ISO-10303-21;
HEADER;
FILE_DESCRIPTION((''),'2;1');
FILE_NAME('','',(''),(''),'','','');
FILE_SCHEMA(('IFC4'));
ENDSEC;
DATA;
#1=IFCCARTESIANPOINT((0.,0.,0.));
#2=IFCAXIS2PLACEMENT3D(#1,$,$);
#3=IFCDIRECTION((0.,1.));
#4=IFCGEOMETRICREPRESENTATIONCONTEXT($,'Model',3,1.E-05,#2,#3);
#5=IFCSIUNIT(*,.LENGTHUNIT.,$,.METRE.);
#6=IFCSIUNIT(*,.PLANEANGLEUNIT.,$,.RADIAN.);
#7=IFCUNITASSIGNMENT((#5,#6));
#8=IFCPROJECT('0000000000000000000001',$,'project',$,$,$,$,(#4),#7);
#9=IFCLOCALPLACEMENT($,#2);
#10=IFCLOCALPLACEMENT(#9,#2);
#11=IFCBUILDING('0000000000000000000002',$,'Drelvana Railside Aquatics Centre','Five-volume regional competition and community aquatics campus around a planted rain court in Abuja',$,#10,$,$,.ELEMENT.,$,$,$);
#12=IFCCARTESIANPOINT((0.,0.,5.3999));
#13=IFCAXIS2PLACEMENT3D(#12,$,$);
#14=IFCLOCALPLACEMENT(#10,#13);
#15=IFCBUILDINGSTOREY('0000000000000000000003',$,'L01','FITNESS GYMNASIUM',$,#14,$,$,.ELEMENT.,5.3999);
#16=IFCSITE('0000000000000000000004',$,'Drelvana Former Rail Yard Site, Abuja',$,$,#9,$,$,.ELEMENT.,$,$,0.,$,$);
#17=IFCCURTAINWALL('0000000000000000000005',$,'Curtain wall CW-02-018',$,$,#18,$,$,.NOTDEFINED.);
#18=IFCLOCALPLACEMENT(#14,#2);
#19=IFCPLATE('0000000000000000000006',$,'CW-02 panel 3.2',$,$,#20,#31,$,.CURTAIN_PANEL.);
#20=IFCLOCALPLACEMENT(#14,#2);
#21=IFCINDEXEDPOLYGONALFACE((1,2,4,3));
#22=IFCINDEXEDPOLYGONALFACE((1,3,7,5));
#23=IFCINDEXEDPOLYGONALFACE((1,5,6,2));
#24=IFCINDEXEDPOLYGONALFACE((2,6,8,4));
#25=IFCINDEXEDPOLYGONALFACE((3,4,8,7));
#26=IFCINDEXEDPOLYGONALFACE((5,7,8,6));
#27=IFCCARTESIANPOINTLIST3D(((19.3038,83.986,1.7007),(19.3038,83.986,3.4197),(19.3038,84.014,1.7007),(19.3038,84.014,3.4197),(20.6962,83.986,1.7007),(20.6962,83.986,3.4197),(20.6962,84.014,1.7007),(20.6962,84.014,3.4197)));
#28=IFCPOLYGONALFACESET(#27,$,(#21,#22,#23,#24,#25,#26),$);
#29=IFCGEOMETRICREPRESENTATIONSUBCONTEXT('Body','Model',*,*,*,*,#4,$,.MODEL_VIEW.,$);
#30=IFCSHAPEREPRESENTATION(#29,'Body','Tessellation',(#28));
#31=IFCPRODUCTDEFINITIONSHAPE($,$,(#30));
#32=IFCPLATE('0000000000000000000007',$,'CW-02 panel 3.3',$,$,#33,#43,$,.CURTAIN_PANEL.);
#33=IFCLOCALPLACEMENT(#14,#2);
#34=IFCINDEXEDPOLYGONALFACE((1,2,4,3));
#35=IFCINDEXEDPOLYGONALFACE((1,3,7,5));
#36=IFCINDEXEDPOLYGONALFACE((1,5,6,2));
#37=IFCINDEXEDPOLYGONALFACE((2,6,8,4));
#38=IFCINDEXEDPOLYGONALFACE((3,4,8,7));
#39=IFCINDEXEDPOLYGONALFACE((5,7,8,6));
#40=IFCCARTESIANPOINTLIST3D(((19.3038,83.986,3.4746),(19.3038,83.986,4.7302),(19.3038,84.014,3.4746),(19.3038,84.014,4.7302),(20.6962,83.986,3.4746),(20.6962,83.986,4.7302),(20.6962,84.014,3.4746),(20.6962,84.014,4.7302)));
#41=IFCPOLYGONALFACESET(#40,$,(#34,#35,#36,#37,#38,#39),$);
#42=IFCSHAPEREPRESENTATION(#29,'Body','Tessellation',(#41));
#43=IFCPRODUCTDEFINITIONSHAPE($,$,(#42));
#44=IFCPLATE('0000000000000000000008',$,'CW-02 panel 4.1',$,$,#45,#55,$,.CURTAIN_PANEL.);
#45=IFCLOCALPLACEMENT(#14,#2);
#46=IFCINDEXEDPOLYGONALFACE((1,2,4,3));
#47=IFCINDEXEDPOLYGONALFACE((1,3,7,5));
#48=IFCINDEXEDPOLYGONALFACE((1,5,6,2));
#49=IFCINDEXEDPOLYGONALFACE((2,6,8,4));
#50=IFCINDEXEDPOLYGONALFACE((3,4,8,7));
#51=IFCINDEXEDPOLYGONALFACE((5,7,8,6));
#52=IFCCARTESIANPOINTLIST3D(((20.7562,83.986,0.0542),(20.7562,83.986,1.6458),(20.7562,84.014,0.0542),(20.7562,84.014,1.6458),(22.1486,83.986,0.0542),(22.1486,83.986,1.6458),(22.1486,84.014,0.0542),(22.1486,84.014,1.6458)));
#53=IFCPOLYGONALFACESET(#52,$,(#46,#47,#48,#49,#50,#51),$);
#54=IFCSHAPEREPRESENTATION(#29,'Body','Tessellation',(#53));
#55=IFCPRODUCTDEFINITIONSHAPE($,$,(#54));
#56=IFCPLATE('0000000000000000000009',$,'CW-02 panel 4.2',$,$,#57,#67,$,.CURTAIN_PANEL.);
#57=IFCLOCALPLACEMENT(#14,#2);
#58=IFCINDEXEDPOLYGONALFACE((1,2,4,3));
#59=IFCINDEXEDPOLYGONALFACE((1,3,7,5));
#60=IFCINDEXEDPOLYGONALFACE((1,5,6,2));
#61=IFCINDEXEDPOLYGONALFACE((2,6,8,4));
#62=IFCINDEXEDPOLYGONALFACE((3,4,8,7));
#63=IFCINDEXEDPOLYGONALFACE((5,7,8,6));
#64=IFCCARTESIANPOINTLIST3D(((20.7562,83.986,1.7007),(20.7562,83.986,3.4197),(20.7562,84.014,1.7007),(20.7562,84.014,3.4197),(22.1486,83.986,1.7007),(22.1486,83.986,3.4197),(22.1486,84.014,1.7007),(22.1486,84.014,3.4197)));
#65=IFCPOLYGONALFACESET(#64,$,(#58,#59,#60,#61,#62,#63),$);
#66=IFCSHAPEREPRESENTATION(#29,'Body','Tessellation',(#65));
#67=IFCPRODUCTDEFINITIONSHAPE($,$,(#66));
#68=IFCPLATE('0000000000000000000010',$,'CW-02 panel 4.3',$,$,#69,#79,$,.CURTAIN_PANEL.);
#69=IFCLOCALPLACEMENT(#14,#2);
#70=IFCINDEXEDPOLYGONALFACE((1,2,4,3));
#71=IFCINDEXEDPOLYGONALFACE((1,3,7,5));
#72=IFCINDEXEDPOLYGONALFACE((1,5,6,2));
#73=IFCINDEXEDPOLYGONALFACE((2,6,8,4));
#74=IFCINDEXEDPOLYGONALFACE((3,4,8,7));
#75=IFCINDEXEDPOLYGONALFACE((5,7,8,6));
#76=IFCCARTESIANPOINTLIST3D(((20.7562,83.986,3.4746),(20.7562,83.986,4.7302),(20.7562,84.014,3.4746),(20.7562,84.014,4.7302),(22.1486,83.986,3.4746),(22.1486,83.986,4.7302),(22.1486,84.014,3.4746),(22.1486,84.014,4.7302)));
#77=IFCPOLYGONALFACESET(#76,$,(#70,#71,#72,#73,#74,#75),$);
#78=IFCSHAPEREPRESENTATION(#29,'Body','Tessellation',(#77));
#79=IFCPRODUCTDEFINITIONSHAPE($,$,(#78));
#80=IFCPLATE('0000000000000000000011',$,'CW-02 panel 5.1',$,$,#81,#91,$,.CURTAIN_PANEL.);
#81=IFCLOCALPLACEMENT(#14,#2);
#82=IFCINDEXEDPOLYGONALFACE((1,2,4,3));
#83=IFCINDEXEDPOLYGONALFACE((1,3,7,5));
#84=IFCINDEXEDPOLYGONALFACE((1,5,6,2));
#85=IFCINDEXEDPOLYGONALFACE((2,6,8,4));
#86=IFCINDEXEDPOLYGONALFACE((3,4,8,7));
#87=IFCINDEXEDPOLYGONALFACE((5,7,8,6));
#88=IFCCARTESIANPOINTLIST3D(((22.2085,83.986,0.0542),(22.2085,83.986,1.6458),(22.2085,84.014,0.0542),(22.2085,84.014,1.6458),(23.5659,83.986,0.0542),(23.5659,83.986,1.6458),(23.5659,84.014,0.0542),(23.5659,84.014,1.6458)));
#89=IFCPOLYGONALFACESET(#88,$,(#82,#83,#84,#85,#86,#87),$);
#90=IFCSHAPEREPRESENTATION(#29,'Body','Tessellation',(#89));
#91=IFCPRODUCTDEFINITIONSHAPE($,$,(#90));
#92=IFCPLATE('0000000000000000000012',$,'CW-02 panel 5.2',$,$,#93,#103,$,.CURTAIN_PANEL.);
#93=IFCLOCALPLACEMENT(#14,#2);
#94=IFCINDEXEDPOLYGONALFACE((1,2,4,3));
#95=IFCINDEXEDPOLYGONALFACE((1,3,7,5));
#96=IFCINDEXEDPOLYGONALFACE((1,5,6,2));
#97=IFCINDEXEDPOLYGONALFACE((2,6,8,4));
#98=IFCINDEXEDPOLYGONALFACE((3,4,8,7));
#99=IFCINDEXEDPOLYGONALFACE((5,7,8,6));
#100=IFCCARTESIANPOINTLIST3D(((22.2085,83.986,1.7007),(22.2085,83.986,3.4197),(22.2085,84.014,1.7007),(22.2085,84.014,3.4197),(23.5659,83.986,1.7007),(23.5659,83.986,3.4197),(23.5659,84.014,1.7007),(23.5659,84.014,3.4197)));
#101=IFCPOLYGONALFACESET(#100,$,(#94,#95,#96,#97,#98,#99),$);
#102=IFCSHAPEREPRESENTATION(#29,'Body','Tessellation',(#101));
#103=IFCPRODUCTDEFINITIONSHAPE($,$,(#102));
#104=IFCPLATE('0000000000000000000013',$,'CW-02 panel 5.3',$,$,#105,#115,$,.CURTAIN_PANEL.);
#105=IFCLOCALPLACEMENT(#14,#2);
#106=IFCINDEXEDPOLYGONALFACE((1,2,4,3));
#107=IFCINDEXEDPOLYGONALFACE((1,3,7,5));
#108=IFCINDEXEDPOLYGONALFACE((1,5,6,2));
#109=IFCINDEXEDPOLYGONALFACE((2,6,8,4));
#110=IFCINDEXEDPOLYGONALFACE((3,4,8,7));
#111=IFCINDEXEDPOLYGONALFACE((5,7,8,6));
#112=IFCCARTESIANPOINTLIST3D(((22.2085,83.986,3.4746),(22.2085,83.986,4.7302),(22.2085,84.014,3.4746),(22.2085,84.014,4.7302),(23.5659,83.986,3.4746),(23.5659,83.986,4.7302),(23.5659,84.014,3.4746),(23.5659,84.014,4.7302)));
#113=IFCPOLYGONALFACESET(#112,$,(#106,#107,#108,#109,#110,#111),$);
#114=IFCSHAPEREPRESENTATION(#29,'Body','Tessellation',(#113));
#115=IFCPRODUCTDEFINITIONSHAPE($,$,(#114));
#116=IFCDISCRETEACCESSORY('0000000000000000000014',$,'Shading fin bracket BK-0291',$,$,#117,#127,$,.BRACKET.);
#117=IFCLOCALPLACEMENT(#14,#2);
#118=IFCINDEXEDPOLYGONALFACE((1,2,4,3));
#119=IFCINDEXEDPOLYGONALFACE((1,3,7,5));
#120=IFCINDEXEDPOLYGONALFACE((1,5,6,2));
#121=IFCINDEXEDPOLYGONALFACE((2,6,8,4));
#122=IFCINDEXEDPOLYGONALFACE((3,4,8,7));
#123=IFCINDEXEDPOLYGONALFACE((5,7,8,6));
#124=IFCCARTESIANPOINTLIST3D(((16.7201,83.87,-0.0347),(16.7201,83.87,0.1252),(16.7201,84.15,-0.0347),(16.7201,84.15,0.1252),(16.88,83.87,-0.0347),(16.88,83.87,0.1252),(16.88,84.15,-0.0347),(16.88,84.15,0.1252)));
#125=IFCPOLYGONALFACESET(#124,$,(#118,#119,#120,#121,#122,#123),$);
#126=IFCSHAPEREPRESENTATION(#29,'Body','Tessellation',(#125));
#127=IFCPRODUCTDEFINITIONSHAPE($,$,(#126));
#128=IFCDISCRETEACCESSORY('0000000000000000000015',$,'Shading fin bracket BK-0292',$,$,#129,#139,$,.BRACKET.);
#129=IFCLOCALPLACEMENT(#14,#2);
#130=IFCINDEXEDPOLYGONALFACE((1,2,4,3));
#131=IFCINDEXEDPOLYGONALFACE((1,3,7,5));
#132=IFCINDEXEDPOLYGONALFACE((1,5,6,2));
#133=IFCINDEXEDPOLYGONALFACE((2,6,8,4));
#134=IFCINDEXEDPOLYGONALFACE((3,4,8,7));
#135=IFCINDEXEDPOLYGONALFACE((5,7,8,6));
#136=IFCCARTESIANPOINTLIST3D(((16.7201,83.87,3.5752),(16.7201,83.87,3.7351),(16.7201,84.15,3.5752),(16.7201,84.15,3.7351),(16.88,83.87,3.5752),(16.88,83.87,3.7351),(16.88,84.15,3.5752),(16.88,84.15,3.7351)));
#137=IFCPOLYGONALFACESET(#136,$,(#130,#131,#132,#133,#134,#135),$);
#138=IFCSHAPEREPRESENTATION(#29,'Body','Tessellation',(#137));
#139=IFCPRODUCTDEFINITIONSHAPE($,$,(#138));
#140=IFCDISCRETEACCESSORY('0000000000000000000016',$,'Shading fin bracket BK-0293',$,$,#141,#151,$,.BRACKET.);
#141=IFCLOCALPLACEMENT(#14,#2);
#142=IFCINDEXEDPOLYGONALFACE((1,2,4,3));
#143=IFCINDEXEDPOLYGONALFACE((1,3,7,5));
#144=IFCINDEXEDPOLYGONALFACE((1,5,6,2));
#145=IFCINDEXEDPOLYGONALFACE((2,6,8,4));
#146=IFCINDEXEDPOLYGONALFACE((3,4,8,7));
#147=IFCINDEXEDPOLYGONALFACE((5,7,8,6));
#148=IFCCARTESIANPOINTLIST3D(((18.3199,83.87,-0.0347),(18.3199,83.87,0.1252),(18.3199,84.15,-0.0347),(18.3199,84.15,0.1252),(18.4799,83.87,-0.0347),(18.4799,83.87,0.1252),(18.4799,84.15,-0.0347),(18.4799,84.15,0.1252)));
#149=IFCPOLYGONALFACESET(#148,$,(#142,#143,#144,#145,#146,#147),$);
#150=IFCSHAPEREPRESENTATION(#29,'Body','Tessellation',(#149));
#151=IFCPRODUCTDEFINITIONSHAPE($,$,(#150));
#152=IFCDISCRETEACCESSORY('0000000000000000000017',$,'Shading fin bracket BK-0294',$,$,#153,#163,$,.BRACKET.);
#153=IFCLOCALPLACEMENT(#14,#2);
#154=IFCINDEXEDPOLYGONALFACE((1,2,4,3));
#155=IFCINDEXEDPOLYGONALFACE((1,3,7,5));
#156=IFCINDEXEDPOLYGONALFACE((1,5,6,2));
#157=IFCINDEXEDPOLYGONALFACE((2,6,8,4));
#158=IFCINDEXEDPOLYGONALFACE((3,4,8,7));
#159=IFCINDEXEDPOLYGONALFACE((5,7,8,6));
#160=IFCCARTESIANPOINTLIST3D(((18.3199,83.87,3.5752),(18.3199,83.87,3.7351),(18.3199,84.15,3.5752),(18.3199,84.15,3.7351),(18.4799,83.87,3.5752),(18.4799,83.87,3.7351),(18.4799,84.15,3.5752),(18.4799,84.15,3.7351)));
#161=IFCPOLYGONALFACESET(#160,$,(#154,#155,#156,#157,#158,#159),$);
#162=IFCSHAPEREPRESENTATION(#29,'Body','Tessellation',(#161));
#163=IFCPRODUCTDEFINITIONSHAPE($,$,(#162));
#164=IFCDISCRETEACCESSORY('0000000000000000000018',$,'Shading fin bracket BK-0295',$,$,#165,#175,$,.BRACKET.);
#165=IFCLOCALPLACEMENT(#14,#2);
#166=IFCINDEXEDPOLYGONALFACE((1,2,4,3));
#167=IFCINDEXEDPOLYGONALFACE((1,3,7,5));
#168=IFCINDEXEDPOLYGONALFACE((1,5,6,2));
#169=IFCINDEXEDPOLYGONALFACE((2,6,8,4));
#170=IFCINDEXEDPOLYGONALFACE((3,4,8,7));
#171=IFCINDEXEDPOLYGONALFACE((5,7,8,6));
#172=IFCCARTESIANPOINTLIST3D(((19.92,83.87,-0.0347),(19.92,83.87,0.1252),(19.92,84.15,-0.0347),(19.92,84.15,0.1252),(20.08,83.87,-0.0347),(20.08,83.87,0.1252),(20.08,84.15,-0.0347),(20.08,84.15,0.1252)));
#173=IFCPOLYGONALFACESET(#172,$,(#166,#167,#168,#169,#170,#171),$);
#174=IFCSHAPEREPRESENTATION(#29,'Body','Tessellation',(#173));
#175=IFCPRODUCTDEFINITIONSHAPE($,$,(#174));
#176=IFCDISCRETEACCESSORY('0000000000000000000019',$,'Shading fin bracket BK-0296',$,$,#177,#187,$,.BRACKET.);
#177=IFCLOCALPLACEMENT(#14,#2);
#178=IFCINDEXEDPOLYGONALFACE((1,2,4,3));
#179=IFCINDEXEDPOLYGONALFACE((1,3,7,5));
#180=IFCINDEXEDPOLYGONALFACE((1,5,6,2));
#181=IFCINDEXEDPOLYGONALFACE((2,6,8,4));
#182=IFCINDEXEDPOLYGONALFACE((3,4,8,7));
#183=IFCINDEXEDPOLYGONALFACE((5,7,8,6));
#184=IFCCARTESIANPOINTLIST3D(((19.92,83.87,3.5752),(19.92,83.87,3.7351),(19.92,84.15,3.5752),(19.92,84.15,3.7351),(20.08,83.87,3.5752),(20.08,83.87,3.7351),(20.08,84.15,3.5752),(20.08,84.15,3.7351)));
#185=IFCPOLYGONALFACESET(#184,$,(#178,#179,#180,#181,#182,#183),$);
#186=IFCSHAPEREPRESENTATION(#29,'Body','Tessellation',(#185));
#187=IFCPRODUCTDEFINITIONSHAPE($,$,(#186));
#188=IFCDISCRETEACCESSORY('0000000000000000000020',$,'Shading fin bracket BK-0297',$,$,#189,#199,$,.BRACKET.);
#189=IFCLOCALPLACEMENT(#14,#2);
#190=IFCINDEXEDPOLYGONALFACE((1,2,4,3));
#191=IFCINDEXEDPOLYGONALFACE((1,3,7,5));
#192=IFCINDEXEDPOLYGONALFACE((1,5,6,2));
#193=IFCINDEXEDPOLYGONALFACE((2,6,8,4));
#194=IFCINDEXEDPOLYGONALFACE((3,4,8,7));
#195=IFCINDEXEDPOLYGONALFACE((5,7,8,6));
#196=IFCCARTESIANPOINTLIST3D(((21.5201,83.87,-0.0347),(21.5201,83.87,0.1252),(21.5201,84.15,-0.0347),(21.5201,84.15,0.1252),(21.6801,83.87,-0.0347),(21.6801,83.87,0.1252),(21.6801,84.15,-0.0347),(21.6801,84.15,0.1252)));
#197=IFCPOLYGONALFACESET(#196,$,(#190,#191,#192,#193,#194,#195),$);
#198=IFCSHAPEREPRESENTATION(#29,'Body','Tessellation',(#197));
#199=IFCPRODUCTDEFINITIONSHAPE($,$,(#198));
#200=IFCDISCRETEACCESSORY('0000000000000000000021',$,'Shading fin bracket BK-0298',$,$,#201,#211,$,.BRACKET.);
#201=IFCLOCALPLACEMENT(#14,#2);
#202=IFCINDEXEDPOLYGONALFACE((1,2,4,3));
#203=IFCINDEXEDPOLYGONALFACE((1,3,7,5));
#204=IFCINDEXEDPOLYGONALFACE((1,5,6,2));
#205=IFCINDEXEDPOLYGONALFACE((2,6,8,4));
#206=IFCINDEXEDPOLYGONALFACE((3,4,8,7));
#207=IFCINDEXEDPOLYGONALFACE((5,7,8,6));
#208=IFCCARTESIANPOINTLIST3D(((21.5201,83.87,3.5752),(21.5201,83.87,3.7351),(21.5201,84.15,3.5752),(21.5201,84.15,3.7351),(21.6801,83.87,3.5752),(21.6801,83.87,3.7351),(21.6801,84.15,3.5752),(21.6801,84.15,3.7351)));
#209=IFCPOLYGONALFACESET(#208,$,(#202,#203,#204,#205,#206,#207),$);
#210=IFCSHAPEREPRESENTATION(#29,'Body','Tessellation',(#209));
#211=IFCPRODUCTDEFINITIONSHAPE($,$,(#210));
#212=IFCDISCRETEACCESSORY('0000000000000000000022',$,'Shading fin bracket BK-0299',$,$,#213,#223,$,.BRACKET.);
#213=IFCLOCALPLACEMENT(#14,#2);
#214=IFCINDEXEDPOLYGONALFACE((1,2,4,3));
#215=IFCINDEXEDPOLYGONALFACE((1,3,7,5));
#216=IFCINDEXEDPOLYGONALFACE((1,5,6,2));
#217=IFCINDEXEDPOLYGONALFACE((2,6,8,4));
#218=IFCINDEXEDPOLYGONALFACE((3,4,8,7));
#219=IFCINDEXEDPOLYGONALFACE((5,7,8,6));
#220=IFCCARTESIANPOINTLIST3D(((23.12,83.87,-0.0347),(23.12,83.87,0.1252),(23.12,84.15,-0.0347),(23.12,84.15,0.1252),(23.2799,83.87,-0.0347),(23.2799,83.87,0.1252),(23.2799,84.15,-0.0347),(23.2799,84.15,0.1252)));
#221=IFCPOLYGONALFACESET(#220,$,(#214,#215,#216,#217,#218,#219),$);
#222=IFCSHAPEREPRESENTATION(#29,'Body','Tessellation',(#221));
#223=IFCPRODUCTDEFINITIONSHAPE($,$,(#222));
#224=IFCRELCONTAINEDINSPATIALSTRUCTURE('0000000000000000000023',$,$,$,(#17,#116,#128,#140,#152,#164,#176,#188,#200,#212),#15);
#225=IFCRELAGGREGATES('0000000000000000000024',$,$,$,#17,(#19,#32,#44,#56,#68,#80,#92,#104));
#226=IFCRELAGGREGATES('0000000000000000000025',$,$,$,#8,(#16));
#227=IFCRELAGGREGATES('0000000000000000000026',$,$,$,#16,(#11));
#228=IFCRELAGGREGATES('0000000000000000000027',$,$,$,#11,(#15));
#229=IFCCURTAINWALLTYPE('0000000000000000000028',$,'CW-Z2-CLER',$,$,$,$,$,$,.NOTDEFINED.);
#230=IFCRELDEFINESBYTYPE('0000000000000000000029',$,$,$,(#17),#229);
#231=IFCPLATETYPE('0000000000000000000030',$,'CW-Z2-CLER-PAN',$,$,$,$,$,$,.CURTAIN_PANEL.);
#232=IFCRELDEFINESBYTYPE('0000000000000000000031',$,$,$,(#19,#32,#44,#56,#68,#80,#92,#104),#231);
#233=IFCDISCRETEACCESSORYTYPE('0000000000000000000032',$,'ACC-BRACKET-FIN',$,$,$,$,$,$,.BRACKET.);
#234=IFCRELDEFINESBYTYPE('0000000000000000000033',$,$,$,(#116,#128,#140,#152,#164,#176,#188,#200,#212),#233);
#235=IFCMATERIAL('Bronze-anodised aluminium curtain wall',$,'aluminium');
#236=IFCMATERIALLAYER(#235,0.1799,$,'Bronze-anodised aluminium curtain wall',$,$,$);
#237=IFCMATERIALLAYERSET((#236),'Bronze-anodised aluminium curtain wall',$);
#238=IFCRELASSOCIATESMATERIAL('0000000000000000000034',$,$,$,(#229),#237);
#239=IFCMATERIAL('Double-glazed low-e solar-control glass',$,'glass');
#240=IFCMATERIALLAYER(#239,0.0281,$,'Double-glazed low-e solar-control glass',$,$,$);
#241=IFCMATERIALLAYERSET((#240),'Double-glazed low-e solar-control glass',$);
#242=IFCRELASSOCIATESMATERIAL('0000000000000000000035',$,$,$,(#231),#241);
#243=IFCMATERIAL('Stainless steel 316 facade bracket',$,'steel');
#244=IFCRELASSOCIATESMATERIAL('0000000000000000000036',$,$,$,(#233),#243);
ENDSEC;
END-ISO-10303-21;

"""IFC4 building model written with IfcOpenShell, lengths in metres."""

from ifc_helpers import new_model, si_unit, direction, frame, origin, origin_2d, place, context, subcontext, project, spatial, rectangle, extrude, material, layer, layer_set, type_object, element, aggregate, save


model = new_model("IFC4")

# Units and contexts
model_context = context("Model", 3, precision=1e-05, world=origin(), true_north=direction((0.0, 1.0)))
body_context = subcontext(model_context, "Body", "Model", "MODEL_VIEW")
ifc_project = project(units=[si_unit("LENGTHUNIT", "METRE"), si_unit("PLANEANGLEUNIT", "RADIAN")], contexts=[model_context])

# Site, building, storey
site_placement = place(None, origin())
site = spatial("IfcSite", under=ifc_project, at=site_placement, Name="Drelvana Former Rail Yard Site, Abuja", CompositionType="ELEMENT", RefElevation=0.0)
building_placement = place(site_placement, origin())
building = spatial("IfcBuilding", under=site, at=building_placement, Name="Drelvana Railside Aquatics Centre", Description="Five-volume regional competition and community aquatics campus around a planted rain court in Abuja", CompositionType="ELEMENT")
storey_placement = place(building_placement, frame((0.0, 0.0, 5.3999)))
storey = spatial("IfcBuildingStorey", under=building, at=storey_placement, Name="L01", Description="FITNESS GYMNASIUM", CompositionType="ELEMENT", Elevation=5.3999)

# Curtain wall, plates
ifc_material_1 = material(Name="Bronze-anodised aluminium curtain wall", Category="aluminium")
ifc_layer_1 = layer(ifc_material_1, 0.1799, Name="Bronze-anodised aluminium curtain wall")
ifc_layer_set_1 = layer_set([ifc_layer_1], Name="Bronze-anodised aluminium curtain wall")
curtain_wall_type = type_object("IfcCurtainWallType", Name="CW-Z2-CLER", PredefinedType="NOTDEFINED", material=ifc_layer_set_1)
curtain_wall_placement = place(storey_placement, origin())
curtain_wall = element("IfcCurtainWall", 1, at=curtain_wall_placement, inside=storey, type_object=curtain_wall_type, Name="Curtain wall CW-02-018", PredefinedType="NOTDEFINED")
ifc_material_2 = material(Name="Double-glazed low-e solar-control glass", Category="glass")
ifc_layer_2 = layer(ifc_material_2, 0.0281, Name="Double-glazed low-e solar-control glass")
ifc_layer_set_2 = layer_set([ifc_layer_2], Name="Double-glazed low-e solar-control glass")
plate_type = type_object("IfcPlateType", Name="CW-Z2-CLER-PAN", PredefinedType="CURTAIN_PANEL", material=ifc_layer_set_2)
plate_1_placement = place(storey_placement, frame((20.0, 84.0, 1.7007), z_axis=(0.0, 0.0, 1.0), x_axis=(1.0, 0.0, 0.0)))
plate_1 = element("IfcPlate", 2, at=plate_1_placement, type_object=plate_type, Name="CW-02 panel 3.2", PredefinedType="CURTAIN_PANEL", context=body_context, shape_type="SweptSolid", body=[
    extrude(rectangle(XDim=1.3923, YDim=0.0281, at=origin_2d()), origin(), (0.0, 0.0, 1.0), 1.719),
])
plate_2_placement = place(storey_placement, frame((20.0, 84.0, 3.4746), z_axis=(0.0, 0.0, 1.0), x_axis=(1.0, 0.0, 0.0)))
plate_2 = element("IfcPlate", 3, at=plate_2_placement, type_object=plate_type, Name="CW-02 panel 3.3", PredefinedType="CURTAIN_PANEL", context=body_context, shape_type="SweptSolid", body=[
    extrude(rectangle(XDim=1.3923, YDim=0.0281, at=origin_2d()), origin(), (0.0, 0.0, 1.0), 1.2556),
])
plate_3_placement = place(storey_placement, frame((21.4524, 84.0, 0.0542), z_axis=(0.0, 0.0, 1.0), x_axis=(1.0, 0.0, 0.0)))
plate_3 = element("IfcPlate", 4, at=plate_3_placement, type_object=plate_type, Name="CW-02 panel 4.1", PredefinedType="CURTAIN_PANEL", context=body_context, shape_type="SweptSolid", body=[
    extrude(rectangle(XDim=1.3923, YDim=0.0281, at=origin_2d()), origin(), (0.0, 0.0, 1.0), 1.5916),
])
plate_4_placement = place(storey_placement, frame((21.4524, 84.0, 1.7007), z_axis=(0.0, 0.0, 1.0), x_axis=(1.0, 0.0, 0.0)))
plate_4 = element("IfcPlate", 5, at=plate_4_placement, type_object=plate_type, Name="CW-02 panel 4.2", PredefinedType="CURTAIN_PANEL", context=body_context, shape_type="SweptSolid", body=[
    extrude(rectangle(XDim=1.3923, YDim=0.0281, at=origin_2d()), origin(), (0.0, 0.0, 1.0), 1.719),
])
plate_5_placement = place(storey_placement, frame((21.4524, 84.0, 3.4746), z_axis=(0.0, 0.0, 1.0), x_axis=(1.0, 0.0, 0.0)))
plate_5 = element("IfcPlate", 6, at=plate_5_placement, type_object=plate_type, Name="CW-02 panel 4.3", PredefinedType="CURTAIN_PANEL", context=body_context, shape_type="SweptSolid", body=[
    extrude(rectangle(XDim=1.3923, YDim=0.0281, at=origin_2d()), origin(), (0.0, 0.0, 1.0), 1.2556),
])
plate_6_placement = place(storey_placement, frame((22.8872, 84.0, 0.0542), z_axis=(0.0, 0.0, 1.0), x_axis=(1.0, 0.0, 0.0)))
plate_6 = element("IfcPlate", 7, at=plate_6_placement, type_object=plate_type, Name="CW-02 panel 5.1", PredefinedType="CURTAIN_PANEL", context=body_context, shape_type="SweptSolid", body=[
    extrude(rectangle(XDim=1.3574, YDim=0.0281, at=origin_2d()), origin(), (0.0, 0.0, 1.0), 1.5916),
])
plate_7_placement = place(storey_placement, frame((22.8872, 84.0, 1.7007), z_axis=(0.0, 0.0, 1.0), x_axis=(1.0, 0.0, 0.0)))
plate_7 = element("IfcPlate", 8, at=plate_7_placement, type_object=plate_type, Name="CW-02 panel 5.2", PredefinedType="CURTAIN_PANEL", context=body_context, shape_type="SweptSolid", body=[
    extrude(rectangle(XDim=1.3574, YDim=0.0281, at=origin_2d()), origin(), (0.0, 0.0, 1.0), 1.719),
])
plate_8_placement = place(storey_placement, frame((22.8872, 84.0, 3.4746), z_axis=(0.0, 0.0, 1.0), x_axis=(1.0, 0.0, 0.0)))
plate_8 = element("IfcPlate", 9, at=plate_8_placement, type_object=plate_type, Name="CW-02 panel 5.3", PredefinedType="CURTAIN_PANEL", context=body_context, shape_type="SweptSolid", body=[
    extrude(rectangle(XDim=1.3574, YDim=0.0281, at=origin_2d()), origin(), (0.0, 0.0, 1.0), 1.2556),
])
aggregate(curtain_wall, [plate_1, plate_2, plate_3, plate_4, plate_5, plate_6, plate_7, plate_8])

# Discrete accessories
ifc_material_3 = material(Name="Stainless steel 316 facade bracket", Category="steel")
discrete_accessory_type = type_object("IfcDiscreteAccessoryType", Name="ACC-BRACKET-FIN", PredefinedType="BRACKET", material=ifc_material_3)
for number, where, z_axis, x_axis, name in (
    (10, (16.8, 84.01, -0.0347), (0.0, 0.0, 1.0), (0.0, 1.0, 0.0), "Shading fin bracket BK-0291"),
    (11, (16.8, 84.01, 3.5752), (0.0, 0.0, 1.0), (0.0, 1.0, 0.0), "Shading fin bracket BK-0292"),
    (12, (18.3999, 84.01, -0.0347), (0.0, 0.0, 1.0), (0.0, 1.0, 0.0), "Shading fin bracket BK-0293"),
    (13, (18.3999, 84.01, 3.5752), (0.0, 0.0, 1.0), (0.0, 1.0, 0.0), "Shading fin bracket BK-0294"),
    (14, (20.0, 84.01, -0.0347), (0.0, 0.0, 1.0), (0.0, 1.0, 0.0), "Shading fin bracket BK-0295"),
    (15, (20.0, 84.01, 3.5752), (0.0, 0.0, 1.0), (0.0, 1.0, 0.0), "Shading fin bracket BK-0296"),
    (16, (21.6001, 84.01, -0.0347), (0.0, 0.0, 1.0), (0.0, 1.0, 0.0), "Shading fin bracket BK-0297"),
    (17, (21.6001, 84.01, 3.5752), (0.0, 0.0, 1.0), (0.0, 1.0, 0.0), "Shading fin bracket BK-0298"),
    (18, (23.2, 84.01, -0.0347), (0.0, 0.0, 1.0), (0.0, 1.0, 0.0), "Shading fin bracket BK-0299"),
):
    element("IfcDiscreteAccessory", number, at=place(storey_placement, frame(where, z_axis=z_axis, x_axis=x_axis)), inside=storey, type_object=discrete_accessory_type, Name=name, PredefinedType="BRACKET", context=body_context, shape_type="SweptSolid", body=[
        extrude(rectangle(XDim=0.28, YDim=0.1599, at=origin_2d()), origin(), (0.0, 0.0, 1.0), 0.1599),
    ])

save(model, "model.ifc")
